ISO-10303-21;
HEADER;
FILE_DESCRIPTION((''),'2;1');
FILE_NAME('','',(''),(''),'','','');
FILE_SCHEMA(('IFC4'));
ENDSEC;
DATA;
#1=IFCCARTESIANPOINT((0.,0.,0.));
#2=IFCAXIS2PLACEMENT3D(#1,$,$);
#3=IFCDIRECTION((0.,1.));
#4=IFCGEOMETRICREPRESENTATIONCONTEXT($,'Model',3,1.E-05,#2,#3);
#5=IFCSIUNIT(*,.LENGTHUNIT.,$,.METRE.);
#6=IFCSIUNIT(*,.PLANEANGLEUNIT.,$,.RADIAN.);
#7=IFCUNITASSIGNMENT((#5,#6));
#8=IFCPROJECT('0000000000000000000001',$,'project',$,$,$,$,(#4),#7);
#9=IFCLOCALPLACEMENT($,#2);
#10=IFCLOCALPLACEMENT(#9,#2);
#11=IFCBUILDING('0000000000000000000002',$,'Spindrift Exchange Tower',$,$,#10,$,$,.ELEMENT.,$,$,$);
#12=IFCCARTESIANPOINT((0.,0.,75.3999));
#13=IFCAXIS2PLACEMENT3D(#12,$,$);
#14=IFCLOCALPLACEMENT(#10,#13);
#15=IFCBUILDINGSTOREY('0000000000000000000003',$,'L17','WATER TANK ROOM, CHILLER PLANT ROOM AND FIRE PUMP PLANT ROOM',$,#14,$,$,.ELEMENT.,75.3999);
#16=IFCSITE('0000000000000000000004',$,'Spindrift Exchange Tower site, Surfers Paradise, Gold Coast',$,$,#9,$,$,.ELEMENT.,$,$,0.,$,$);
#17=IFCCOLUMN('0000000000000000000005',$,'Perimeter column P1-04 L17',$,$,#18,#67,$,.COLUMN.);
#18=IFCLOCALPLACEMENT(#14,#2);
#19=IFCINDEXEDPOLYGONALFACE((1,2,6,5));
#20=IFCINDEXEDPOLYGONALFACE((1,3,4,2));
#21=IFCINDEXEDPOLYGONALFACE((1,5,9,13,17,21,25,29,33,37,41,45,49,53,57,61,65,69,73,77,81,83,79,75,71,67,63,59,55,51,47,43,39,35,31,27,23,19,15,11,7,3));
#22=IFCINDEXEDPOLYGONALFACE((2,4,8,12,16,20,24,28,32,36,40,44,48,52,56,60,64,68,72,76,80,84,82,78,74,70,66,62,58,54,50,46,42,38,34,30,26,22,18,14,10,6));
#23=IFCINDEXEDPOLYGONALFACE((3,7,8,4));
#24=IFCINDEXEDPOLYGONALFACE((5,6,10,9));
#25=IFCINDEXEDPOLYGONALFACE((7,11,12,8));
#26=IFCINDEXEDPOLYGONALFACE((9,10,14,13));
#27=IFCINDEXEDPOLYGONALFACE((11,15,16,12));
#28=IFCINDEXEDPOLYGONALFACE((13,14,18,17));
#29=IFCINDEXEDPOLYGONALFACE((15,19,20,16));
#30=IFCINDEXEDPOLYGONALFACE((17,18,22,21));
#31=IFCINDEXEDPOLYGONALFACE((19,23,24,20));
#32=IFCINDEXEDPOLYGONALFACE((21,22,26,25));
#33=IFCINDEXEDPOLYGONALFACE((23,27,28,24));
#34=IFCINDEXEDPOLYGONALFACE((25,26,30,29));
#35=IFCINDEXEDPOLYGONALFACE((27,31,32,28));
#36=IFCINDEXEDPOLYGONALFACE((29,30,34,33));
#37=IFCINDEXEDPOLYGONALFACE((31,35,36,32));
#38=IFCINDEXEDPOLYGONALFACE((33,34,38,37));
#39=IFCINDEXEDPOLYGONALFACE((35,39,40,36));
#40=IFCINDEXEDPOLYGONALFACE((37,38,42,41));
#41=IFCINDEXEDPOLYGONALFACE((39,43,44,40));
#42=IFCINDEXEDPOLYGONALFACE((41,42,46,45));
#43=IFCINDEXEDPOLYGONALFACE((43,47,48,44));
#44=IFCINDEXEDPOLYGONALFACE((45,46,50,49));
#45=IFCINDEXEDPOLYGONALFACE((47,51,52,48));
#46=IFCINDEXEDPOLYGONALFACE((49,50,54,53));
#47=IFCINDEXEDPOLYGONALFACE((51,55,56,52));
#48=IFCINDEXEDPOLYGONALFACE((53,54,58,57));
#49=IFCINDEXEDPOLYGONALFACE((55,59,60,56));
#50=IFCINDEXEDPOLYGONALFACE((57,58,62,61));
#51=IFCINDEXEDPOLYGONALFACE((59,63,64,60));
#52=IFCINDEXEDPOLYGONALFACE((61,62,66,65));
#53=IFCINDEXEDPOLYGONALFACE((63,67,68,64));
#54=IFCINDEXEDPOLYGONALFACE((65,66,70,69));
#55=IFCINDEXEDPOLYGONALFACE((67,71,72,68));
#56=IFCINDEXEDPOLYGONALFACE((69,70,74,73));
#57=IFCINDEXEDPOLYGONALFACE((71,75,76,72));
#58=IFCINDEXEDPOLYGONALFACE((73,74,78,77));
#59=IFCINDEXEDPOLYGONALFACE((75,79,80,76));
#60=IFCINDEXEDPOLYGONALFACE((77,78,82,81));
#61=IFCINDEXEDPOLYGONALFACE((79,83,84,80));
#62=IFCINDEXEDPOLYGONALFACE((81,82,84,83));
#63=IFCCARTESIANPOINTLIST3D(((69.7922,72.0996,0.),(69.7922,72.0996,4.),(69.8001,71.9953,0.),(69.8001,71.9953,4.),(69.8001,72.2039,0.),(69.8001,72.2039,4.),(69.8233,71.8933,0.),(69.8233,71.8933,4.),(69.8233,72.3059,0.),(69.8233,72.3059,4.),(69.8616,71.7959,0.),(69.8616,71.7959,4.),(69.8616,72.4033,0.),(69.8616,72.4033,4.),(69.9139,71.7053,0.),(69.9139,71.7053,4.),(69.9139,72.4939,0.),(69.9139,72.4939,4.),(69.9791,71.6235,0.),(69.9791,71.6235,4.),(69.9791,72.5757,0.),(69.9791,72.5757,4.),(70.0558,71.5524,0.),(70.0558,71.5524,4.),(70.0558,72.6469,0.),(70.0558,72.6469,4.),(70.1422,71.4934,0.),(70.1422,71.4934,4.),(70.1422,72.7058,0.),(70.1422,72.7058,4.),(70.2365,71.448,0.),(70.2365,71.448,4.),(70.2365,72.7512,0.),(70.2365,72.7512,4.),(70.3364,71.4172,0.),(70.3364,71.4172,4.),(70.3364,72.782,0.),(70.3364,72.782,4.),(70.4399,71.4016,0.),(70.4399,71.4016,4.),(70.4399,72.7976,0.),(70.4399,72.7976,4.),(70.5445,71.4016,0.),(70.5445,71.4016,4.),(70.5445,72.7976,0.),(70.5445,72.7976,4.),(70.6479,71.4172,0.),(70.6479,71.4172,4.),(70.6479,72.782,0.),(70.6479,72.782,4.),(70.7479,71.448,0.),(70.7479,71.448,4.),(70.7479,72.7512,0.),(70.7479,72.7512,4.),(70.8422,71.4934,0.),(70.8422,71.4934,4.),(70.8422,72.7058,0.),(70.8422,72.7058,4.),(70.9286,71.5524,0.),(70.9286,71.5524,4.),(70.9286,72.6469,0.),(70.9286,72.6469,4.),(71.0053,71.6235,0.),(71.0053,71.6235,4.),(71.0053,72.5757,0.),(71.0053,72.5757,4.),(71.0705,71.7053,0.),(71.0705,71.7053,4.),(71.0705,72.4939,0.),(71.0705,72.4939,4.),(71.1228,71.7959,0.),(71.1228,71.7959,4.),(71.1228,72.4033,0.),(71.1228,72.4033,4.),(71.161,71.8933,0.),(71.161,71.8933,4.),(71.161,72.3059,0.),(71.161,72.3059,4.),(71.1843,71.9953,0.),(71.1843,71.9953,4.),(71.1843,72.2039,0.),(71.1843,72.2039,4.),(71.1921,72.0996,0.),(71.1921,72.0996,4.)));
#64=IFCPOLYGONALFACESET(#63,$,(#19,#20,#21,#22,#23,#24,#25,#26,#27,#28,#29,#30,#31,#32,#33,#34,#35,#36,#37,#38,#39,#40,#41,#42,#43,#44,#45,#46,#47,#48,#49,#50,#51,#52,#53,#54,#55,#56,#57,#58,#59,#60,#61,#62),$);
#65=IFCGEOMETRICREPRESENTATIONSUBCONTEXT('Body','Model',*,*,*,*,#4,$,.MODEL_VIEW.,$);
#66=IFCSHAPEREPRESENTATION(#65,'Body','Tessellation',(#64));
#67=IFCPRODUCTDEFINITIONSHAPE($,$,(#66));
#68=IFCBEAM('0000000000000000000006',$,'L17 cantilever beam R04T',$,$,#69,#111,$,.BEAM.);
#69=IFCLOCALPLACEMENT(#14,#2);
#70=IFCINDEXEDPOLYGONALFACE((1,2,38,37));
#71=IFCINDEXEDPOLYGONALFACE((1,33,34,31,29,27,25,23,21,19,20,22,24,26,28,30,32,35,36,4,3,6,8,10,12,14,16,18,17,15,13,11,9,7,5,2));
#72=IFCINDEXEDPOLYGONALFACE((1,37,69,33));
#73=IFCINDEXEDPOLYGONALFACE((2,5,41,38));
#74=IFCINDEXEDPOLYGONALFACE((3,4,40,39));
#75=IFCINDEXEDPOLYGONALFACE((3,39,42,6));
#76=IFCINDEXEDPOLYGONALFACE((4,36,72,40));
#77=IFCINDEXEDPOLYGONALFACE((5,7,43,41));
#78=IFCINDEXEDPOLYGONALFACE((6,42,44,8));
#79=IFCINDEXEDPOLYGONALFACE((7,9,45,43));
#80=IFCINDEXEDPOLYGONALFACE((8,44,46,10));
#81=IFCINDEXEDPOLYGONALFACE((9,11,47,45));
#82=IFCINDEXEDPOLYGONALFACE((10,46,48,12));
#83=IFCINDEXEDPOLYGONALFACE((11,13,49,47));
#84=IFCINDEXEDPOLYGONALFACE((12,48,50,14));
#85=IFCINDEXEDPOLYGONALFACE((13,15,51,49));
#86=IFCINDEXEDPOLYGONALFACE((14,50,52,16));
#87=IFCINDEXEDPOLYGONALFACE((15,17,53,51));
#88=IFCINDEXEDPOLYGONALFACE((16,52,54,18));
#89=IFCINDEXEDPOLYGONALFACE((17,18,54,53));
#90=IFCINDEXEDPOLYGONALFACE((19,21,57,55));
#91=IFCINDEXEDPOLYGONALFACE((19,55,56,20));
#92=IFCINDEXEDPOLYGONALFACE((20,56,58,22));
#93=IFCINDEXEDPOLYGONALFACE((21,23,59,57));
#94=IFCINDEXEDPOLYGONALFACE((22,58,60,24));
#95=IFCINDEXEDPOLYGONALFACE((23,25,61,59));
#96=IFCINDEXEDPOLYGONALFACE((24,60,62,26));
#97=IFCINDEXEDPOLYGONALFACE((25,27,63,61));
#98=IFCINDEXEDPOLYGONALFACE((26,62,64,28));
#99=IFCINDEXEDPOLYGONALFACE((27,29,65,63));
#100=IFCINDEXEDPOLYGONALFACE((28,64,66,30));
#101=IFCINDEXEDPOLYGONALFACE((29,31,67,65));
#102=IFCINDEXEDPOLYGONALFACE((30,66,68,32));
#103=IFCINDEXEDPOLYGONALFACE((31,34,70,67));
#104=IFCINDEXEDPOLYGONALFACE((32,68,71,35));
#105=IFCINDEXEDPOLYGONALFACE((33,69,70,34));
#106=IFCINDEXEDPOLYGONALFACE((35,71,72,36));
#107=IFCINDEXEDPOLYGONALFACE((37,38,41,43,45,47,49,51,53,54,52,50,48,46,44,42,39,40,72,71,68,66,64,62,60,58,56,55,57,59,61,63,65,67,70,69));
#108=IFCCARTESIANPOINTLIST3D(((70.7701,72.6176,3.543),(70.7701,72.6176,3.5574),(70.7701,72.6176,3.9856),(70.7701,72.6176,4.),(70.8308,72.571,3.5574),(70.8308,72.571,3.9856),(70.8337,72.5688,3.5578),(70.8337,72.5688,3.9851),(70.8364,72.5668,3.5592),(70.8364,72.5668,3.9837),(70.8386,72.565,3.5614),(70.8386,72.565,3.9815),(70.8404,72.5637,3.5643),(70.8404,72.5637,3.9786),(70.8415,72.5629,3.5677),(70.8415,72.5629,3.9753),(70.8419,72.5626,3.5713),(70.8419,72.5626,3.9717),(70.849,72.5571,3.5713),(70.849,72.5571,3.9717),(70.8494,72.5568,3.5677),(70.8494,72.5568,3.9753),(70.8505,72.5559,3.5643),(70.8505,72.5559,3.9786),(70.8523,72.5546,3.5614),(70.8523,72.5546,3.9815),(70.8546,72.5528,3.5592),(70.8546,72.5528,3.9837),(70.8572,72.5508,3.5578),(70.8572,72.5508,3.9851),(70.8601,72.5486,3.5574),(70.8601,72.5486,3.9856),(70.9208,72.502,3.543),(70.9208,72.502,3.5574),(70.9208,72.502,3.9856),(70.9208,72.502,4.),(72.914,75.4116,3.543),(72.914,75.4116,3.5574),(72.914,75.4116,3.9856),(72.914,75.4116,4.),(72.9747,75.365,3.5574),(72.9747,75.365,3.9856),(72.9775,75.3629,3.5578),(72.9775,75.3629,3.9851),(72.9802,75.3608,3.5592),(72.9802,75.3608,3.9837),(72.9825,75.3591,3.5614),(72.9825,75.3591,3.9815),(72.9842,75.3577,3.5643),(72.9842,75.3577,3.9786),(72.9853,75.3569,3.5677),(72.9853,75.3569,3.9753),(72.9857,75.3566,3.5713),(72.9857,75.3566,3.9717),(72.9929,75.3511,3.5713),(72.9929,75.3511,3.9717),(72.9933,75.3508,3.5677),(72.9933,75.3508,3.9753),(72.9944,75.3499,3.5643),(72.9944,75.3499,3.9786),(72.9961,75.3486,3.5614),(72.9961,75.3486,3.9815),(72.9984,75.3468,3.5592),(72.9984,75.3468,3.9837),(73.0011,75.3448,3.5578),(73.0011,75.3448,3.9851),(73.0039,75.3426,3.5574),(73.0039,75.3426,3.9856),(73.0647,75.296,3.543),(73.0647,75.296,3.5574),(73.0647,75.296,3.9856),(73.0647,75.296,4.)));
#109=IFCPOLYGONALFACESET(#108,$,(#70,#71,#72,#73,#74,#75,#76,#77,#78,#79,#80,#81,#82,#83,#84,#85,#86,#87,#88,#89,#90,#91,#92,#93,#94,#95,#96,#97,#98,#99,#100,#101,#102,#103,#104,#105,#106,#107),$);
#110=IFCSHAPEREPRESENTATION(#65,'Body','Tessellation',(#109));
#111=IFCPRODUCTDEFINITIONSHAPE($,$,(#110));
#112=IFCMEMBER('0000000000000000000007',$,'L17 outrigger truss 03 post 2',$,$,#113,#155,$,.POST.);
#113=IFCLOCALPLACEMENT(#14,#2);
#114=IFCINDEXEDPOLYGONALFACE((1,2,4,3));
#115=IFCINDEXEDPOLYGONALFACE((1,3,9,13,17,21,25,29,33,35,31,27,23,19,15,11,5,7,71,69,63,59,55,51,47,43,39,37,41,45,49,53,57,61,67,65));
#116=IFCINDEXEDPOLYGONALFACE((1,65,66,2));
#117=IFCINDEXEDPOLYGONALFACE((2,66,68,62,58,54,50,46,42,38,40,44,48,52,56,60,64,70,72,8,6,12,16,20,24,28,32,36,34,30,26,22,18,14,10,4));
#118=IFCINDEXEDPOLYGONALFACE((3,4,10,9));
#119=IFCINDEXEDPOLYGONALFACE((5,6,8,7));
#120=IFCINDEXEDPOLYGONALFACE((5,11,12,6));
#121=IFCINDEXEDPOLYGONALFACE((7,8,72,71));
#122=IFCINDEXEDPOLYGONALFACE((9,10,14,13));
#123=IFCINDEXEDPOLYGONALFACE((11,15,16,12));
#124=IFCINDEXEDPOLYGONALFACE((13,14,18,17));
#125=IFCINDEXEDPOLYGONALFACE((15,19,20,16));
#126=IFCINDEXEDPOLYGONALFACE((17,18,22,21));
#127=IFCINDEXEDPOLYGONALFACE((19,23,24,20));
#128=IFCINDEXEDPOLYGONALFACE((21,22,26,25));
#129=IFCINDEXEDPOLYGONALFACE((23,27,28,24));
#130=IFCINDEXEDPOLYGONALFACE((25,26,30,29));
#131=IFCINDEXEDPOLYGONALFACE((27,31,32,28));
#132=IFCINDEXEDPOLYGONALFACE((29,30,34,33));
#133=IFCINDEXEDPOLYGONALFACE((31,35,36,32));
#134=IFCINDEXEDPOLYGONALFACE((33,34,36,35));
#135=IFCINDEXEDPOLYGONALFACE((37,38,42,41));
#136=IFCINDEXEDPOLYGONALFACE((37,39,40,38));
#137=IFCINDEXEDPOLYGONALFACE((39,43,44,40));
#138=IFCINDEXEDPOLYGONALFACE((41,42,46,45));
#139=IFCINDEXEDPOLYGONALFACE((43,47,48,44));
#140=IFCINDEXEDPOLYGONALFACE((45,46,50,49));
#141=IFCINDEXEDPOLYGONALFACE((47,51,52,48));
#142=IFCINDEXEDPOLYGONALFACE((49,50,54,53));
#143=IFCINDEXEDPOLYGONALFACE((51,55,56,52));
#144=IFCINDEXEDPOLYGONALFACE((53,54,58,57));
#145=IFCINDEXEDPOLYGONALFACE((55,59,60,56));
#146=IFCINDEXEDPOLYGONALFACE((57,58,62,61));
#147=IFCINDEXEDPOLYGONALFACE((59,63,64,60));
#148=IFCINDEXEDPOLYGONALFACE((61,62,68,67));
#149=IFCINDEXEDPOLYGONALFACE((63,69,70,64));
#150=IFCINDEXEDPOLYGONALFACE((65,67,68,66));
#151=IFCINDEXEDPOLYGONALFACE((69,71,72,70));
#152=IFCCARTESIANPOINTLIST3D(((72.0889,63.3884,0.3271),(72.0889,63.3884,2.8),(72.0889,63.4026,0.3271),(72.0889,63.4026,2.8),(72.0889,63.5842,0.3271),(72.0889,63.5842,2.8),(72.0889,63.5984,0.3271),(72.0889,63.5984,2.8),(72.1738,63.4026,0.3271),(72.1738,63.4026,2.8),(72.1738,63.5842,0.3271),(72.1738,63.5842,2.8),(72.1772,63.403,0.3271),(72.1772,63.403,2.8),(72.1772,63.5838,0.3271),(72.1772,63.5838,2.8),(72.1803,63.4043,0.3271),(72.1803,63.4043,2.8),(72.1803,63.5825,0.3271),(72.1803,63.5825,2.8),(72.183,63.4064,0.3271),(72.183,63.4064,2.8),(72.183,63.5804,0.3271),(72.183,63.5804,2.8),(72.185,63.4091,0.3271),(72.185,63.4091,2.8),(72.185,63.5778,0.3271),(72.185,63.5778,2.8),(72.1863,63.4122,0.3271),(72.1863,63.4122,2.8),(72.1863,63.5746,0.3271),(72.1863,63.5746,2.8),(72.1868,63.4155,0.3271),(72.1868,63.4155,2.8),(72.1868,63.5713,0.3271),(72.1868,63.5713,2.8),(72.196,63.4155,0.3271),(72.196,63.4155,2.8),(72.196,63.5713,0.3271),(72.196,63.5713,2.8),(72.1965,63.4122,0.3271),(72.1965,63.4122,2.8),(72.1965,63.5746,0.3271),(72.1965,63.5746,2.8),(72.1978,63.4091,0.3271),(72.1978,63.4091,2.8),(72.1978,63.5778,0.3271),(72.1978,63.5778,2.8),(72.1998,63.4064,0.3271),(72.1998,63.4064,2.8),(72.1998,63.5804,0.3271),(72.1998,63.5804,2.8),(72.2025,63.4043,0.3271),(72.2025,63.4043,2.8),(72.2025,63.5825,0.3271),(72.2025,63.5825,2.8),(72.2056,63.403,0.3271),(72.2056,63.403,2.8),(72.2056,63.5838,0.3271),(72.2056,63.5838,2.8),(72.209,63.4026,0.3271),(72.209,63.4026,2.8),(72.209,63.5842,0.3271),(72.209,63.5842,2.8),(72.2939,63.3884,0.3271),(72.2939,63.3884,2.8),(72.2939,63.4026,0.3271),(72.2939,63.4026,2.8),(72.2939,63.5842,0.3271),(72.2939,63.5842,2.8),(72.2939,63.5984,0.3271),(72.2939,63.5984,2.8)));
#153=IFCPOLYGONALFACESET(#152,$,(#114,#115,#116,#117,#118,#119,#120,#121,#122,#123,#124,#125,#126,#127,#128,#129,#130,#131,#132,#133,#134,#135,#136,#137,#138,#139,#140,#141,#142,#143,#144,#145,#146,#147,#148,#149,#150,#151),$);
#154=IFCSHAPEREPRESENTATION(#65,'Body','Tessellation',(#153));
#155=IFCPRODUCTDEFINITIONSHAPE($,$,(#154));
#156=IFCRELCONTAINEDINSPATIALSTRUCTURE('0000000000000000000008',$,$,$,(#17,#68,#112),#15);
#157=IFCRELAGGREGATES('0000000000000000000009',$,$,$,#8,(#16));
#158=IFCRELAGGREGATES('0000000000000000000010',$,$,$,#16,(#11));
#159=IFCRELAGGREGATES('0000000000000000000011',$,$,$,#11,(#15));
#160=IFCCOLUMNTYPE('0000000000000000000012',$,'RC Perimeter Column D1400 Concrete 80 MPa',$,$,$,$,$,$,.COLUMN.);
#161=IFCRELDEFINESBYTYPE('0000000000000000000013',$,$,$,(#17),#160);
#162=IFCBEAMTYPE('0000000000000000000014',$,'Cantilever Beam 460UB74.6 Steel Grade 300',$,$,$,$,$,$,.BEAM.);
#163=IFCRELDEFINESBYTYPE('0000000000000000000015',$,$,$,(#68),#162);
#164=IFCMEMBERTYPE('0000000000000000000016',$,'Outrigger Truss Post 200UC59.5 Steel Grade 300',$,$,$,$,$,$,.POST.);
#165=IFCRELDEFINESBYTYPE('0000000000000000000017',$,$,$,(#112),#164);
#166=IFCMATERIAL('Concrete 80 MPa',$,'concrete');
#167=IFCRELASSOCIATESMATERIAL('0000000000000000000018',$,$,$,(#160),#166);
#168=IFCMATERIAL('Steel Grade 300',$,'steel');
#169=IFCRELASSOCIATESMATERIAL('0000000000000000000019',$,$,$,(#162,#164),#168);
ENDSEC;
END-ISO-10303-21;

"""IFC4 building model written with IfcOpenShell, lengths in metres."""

from ifc_helpers import new_model, si_unit, direction, frame, origin, origin_2d, place, context, subcontext, project, spatial, circle, i_section, extrude, source, transform, mapped, material, material_profile, profile_set, type_object, element, save


model = new_model("IFC4")

# Units and contexts
model_context = context("Model", 3, precision=1e-05, world=origin(), true_north=direction((0.0, 1.0)))
body_context = subcontext(model_context, "Body", "Model", "MODEL_VIEW")
ifc_project = project(units=[si_unit("LENGTHUNIT", "METRE"), si_unit("PLANEANGLEUNIT", "RADIAN")], contexts=[model_context])

# Site, building, storey
site_placement = place(None, origin())
site = spatial("IfcSite", under=ifc_project, at=site_placement, Name="Spindrift Exchange Tower site, Surfers Paradise, Gold Coast", CompositionType="ELEMENT", RefElevation=0.0)
building_placement = place(site_placement, origin())
building = spatial("IfcBuilding", under=site, at=building_placement, Name="Spindrift Exchange Tower", CompositionType="ELEMENT")
storey_placement = place(building_placement, frame((0.0, 0.0, 75.3999)))
storey = spatial("IfcBuildingStorey", under=building, at=storey_placement, Name="L17", Description="WATER TANK ROOM, CHILLER PLANT ROOM AND FIRE PUMP PLANT ROOM", CompositionType="ELEMENT", Elevation=75.3999)

# Column
ifc_material_1 = material(Name="Concrete 80 MPa", Category="concrete")
ifc_material_profile_1 = material_profile(ifc_material_1, circle(Radius=0.7, at=origin_2d()), Name="RC D1400")
ifc_profile_set_1 = profile_set([ifc_material_profile_1], Name="Concrete 80 MPa")
column_type = type_object("IfcColumnType", Name="RC Perimeter Column D1400 Concrete 80 MPa", PredefinedType="COLUMN", material=ifc_profile_set_1)
shared_shape_1 = source(origin(), body_context, "Body", "SweptSolid", [
    extrude(circle(Radius=0.7, at=origin_2d()), origin(), (0.0, 0.0, 1.0), 4.0),
])
column_placement = place(storey_placement, frame((70.4922, 72.0996, 0.0), z_axis=(0.0, 0.0, 1.0), x_axis=(1.0, 0.0, 0.0)))
element("IfcColumn", 1, at=column_placement, inside=storey, type_object=column_type, Name="Perimeter column P1-04 L17", PredefinedType="COLUMN", context=body_context, shape_type="MappedRepresentation", body=[
    mapped(shared_shape_1, transform((0.0, 0.0, 0.0), scale=1.0)),
])

# Beam
ifc_material_2 = material(Name="Steel Grade 300", Category="steel")
ifc_material_profile_2 = material_profile(ifc_material_2, i_section(OverallWidth=0.1899, OverallDepth=0.457, WebThickness=0.009, FlangeThickness=0.0144, FilletRadius=0.0139, at=origin_2d()), Name="460UB74.6")
ifc_profile_set_2 = profile_set([ifc_material_profile_2], Name="Steel Grade 300")
beam_type_1 = type_object("IfcBeamType", Name="Cantilever Beam 460UB74.6 Steel Grade 300", PredefinedType="BEAM", material=ifc_profile_set_2)
shared_shape_2 = source(origin(), body_context, "Body", "SweptSolid", [
    extrude(i_section(OverallWidth=0.1899, OverallDepth=0.457, WebThickness=0.009, FlangeThickness=0.0144, FilletRadius=0.0139, at=origin_2d()), origin(), (0.0, 0.0, 1.0), 3.5217),
])
beam_1_placement = place(storey_placement, frame((70.8455, 72.5598, 3.7715), z_axis=(0.608749, 0.793363, 0.0), x_axis=(-0.793363, 0.608749, 0.0)))
element("IfcBeam", 2, at=beam_1_placement, inside=storey, type_object=beam_type_1, Name="L17 cantilever beam R04T", PredefinedType="BEAM", context=body_context, shape_type="MappedRepresentation", body=[
    mapped(shared_shape_2, transform((0.0, 0.0, 0.0), scale=1.0)),
])

# Member
ifc_material_profile_3 = material_profile(ifc_material_2, i_section(OverallWidth=0.2051, OverallDepth=0.21, WebThickness=0.0093, FlangeThickness=0.0142, FilletRadius=0.0129, at=origin_2d()), Name="200UC59.5")
ifc_profile_set_3 = profile_set([ifc_material_profile_3], Name="Steel Grade 300")
member_type_1 = type_object("IfcMemberType", Name="Outrigger Truss Post 200UC59.5 Steel Grade 300", PredefinedType="POST", material=ifc_profile_set_3)
shared_shape_3 = source(origin(), body_context, "Body", "SweptSolid", [
    extrude(i_section(OverallWidth=0.2051, OverallDepth=0.21, WebThickness=0.0093, FlangeThickness=0.0142, FilletRadius=0.0129, at=origin_2d()), origin(), (0.0, 0.0, 1.0), 2.4729),
])
for number, where, z_axis, x_axis, name in (
    (3, (72.1914, 63.4934, 0.3271), (0.0, 0.0, 1.0), (1.0, 0.0, 0.0), "L17 outrigger truss 03 post 2"),
):
    element("IfcMember", number, at=place(storey_placement, frame(where, z_axis=z_axis, x_axis=x_axis)), inside=storey, type_object=member_type_1, Name=name, PredefinedType="POST", context=body_context, shape_type="MappedRepresentation", body=[
        mapped(shared_shape_3, transform((0.0, 0.0, 0.0), scale=1.0)),
    ])

save(model, "model.ifc")
